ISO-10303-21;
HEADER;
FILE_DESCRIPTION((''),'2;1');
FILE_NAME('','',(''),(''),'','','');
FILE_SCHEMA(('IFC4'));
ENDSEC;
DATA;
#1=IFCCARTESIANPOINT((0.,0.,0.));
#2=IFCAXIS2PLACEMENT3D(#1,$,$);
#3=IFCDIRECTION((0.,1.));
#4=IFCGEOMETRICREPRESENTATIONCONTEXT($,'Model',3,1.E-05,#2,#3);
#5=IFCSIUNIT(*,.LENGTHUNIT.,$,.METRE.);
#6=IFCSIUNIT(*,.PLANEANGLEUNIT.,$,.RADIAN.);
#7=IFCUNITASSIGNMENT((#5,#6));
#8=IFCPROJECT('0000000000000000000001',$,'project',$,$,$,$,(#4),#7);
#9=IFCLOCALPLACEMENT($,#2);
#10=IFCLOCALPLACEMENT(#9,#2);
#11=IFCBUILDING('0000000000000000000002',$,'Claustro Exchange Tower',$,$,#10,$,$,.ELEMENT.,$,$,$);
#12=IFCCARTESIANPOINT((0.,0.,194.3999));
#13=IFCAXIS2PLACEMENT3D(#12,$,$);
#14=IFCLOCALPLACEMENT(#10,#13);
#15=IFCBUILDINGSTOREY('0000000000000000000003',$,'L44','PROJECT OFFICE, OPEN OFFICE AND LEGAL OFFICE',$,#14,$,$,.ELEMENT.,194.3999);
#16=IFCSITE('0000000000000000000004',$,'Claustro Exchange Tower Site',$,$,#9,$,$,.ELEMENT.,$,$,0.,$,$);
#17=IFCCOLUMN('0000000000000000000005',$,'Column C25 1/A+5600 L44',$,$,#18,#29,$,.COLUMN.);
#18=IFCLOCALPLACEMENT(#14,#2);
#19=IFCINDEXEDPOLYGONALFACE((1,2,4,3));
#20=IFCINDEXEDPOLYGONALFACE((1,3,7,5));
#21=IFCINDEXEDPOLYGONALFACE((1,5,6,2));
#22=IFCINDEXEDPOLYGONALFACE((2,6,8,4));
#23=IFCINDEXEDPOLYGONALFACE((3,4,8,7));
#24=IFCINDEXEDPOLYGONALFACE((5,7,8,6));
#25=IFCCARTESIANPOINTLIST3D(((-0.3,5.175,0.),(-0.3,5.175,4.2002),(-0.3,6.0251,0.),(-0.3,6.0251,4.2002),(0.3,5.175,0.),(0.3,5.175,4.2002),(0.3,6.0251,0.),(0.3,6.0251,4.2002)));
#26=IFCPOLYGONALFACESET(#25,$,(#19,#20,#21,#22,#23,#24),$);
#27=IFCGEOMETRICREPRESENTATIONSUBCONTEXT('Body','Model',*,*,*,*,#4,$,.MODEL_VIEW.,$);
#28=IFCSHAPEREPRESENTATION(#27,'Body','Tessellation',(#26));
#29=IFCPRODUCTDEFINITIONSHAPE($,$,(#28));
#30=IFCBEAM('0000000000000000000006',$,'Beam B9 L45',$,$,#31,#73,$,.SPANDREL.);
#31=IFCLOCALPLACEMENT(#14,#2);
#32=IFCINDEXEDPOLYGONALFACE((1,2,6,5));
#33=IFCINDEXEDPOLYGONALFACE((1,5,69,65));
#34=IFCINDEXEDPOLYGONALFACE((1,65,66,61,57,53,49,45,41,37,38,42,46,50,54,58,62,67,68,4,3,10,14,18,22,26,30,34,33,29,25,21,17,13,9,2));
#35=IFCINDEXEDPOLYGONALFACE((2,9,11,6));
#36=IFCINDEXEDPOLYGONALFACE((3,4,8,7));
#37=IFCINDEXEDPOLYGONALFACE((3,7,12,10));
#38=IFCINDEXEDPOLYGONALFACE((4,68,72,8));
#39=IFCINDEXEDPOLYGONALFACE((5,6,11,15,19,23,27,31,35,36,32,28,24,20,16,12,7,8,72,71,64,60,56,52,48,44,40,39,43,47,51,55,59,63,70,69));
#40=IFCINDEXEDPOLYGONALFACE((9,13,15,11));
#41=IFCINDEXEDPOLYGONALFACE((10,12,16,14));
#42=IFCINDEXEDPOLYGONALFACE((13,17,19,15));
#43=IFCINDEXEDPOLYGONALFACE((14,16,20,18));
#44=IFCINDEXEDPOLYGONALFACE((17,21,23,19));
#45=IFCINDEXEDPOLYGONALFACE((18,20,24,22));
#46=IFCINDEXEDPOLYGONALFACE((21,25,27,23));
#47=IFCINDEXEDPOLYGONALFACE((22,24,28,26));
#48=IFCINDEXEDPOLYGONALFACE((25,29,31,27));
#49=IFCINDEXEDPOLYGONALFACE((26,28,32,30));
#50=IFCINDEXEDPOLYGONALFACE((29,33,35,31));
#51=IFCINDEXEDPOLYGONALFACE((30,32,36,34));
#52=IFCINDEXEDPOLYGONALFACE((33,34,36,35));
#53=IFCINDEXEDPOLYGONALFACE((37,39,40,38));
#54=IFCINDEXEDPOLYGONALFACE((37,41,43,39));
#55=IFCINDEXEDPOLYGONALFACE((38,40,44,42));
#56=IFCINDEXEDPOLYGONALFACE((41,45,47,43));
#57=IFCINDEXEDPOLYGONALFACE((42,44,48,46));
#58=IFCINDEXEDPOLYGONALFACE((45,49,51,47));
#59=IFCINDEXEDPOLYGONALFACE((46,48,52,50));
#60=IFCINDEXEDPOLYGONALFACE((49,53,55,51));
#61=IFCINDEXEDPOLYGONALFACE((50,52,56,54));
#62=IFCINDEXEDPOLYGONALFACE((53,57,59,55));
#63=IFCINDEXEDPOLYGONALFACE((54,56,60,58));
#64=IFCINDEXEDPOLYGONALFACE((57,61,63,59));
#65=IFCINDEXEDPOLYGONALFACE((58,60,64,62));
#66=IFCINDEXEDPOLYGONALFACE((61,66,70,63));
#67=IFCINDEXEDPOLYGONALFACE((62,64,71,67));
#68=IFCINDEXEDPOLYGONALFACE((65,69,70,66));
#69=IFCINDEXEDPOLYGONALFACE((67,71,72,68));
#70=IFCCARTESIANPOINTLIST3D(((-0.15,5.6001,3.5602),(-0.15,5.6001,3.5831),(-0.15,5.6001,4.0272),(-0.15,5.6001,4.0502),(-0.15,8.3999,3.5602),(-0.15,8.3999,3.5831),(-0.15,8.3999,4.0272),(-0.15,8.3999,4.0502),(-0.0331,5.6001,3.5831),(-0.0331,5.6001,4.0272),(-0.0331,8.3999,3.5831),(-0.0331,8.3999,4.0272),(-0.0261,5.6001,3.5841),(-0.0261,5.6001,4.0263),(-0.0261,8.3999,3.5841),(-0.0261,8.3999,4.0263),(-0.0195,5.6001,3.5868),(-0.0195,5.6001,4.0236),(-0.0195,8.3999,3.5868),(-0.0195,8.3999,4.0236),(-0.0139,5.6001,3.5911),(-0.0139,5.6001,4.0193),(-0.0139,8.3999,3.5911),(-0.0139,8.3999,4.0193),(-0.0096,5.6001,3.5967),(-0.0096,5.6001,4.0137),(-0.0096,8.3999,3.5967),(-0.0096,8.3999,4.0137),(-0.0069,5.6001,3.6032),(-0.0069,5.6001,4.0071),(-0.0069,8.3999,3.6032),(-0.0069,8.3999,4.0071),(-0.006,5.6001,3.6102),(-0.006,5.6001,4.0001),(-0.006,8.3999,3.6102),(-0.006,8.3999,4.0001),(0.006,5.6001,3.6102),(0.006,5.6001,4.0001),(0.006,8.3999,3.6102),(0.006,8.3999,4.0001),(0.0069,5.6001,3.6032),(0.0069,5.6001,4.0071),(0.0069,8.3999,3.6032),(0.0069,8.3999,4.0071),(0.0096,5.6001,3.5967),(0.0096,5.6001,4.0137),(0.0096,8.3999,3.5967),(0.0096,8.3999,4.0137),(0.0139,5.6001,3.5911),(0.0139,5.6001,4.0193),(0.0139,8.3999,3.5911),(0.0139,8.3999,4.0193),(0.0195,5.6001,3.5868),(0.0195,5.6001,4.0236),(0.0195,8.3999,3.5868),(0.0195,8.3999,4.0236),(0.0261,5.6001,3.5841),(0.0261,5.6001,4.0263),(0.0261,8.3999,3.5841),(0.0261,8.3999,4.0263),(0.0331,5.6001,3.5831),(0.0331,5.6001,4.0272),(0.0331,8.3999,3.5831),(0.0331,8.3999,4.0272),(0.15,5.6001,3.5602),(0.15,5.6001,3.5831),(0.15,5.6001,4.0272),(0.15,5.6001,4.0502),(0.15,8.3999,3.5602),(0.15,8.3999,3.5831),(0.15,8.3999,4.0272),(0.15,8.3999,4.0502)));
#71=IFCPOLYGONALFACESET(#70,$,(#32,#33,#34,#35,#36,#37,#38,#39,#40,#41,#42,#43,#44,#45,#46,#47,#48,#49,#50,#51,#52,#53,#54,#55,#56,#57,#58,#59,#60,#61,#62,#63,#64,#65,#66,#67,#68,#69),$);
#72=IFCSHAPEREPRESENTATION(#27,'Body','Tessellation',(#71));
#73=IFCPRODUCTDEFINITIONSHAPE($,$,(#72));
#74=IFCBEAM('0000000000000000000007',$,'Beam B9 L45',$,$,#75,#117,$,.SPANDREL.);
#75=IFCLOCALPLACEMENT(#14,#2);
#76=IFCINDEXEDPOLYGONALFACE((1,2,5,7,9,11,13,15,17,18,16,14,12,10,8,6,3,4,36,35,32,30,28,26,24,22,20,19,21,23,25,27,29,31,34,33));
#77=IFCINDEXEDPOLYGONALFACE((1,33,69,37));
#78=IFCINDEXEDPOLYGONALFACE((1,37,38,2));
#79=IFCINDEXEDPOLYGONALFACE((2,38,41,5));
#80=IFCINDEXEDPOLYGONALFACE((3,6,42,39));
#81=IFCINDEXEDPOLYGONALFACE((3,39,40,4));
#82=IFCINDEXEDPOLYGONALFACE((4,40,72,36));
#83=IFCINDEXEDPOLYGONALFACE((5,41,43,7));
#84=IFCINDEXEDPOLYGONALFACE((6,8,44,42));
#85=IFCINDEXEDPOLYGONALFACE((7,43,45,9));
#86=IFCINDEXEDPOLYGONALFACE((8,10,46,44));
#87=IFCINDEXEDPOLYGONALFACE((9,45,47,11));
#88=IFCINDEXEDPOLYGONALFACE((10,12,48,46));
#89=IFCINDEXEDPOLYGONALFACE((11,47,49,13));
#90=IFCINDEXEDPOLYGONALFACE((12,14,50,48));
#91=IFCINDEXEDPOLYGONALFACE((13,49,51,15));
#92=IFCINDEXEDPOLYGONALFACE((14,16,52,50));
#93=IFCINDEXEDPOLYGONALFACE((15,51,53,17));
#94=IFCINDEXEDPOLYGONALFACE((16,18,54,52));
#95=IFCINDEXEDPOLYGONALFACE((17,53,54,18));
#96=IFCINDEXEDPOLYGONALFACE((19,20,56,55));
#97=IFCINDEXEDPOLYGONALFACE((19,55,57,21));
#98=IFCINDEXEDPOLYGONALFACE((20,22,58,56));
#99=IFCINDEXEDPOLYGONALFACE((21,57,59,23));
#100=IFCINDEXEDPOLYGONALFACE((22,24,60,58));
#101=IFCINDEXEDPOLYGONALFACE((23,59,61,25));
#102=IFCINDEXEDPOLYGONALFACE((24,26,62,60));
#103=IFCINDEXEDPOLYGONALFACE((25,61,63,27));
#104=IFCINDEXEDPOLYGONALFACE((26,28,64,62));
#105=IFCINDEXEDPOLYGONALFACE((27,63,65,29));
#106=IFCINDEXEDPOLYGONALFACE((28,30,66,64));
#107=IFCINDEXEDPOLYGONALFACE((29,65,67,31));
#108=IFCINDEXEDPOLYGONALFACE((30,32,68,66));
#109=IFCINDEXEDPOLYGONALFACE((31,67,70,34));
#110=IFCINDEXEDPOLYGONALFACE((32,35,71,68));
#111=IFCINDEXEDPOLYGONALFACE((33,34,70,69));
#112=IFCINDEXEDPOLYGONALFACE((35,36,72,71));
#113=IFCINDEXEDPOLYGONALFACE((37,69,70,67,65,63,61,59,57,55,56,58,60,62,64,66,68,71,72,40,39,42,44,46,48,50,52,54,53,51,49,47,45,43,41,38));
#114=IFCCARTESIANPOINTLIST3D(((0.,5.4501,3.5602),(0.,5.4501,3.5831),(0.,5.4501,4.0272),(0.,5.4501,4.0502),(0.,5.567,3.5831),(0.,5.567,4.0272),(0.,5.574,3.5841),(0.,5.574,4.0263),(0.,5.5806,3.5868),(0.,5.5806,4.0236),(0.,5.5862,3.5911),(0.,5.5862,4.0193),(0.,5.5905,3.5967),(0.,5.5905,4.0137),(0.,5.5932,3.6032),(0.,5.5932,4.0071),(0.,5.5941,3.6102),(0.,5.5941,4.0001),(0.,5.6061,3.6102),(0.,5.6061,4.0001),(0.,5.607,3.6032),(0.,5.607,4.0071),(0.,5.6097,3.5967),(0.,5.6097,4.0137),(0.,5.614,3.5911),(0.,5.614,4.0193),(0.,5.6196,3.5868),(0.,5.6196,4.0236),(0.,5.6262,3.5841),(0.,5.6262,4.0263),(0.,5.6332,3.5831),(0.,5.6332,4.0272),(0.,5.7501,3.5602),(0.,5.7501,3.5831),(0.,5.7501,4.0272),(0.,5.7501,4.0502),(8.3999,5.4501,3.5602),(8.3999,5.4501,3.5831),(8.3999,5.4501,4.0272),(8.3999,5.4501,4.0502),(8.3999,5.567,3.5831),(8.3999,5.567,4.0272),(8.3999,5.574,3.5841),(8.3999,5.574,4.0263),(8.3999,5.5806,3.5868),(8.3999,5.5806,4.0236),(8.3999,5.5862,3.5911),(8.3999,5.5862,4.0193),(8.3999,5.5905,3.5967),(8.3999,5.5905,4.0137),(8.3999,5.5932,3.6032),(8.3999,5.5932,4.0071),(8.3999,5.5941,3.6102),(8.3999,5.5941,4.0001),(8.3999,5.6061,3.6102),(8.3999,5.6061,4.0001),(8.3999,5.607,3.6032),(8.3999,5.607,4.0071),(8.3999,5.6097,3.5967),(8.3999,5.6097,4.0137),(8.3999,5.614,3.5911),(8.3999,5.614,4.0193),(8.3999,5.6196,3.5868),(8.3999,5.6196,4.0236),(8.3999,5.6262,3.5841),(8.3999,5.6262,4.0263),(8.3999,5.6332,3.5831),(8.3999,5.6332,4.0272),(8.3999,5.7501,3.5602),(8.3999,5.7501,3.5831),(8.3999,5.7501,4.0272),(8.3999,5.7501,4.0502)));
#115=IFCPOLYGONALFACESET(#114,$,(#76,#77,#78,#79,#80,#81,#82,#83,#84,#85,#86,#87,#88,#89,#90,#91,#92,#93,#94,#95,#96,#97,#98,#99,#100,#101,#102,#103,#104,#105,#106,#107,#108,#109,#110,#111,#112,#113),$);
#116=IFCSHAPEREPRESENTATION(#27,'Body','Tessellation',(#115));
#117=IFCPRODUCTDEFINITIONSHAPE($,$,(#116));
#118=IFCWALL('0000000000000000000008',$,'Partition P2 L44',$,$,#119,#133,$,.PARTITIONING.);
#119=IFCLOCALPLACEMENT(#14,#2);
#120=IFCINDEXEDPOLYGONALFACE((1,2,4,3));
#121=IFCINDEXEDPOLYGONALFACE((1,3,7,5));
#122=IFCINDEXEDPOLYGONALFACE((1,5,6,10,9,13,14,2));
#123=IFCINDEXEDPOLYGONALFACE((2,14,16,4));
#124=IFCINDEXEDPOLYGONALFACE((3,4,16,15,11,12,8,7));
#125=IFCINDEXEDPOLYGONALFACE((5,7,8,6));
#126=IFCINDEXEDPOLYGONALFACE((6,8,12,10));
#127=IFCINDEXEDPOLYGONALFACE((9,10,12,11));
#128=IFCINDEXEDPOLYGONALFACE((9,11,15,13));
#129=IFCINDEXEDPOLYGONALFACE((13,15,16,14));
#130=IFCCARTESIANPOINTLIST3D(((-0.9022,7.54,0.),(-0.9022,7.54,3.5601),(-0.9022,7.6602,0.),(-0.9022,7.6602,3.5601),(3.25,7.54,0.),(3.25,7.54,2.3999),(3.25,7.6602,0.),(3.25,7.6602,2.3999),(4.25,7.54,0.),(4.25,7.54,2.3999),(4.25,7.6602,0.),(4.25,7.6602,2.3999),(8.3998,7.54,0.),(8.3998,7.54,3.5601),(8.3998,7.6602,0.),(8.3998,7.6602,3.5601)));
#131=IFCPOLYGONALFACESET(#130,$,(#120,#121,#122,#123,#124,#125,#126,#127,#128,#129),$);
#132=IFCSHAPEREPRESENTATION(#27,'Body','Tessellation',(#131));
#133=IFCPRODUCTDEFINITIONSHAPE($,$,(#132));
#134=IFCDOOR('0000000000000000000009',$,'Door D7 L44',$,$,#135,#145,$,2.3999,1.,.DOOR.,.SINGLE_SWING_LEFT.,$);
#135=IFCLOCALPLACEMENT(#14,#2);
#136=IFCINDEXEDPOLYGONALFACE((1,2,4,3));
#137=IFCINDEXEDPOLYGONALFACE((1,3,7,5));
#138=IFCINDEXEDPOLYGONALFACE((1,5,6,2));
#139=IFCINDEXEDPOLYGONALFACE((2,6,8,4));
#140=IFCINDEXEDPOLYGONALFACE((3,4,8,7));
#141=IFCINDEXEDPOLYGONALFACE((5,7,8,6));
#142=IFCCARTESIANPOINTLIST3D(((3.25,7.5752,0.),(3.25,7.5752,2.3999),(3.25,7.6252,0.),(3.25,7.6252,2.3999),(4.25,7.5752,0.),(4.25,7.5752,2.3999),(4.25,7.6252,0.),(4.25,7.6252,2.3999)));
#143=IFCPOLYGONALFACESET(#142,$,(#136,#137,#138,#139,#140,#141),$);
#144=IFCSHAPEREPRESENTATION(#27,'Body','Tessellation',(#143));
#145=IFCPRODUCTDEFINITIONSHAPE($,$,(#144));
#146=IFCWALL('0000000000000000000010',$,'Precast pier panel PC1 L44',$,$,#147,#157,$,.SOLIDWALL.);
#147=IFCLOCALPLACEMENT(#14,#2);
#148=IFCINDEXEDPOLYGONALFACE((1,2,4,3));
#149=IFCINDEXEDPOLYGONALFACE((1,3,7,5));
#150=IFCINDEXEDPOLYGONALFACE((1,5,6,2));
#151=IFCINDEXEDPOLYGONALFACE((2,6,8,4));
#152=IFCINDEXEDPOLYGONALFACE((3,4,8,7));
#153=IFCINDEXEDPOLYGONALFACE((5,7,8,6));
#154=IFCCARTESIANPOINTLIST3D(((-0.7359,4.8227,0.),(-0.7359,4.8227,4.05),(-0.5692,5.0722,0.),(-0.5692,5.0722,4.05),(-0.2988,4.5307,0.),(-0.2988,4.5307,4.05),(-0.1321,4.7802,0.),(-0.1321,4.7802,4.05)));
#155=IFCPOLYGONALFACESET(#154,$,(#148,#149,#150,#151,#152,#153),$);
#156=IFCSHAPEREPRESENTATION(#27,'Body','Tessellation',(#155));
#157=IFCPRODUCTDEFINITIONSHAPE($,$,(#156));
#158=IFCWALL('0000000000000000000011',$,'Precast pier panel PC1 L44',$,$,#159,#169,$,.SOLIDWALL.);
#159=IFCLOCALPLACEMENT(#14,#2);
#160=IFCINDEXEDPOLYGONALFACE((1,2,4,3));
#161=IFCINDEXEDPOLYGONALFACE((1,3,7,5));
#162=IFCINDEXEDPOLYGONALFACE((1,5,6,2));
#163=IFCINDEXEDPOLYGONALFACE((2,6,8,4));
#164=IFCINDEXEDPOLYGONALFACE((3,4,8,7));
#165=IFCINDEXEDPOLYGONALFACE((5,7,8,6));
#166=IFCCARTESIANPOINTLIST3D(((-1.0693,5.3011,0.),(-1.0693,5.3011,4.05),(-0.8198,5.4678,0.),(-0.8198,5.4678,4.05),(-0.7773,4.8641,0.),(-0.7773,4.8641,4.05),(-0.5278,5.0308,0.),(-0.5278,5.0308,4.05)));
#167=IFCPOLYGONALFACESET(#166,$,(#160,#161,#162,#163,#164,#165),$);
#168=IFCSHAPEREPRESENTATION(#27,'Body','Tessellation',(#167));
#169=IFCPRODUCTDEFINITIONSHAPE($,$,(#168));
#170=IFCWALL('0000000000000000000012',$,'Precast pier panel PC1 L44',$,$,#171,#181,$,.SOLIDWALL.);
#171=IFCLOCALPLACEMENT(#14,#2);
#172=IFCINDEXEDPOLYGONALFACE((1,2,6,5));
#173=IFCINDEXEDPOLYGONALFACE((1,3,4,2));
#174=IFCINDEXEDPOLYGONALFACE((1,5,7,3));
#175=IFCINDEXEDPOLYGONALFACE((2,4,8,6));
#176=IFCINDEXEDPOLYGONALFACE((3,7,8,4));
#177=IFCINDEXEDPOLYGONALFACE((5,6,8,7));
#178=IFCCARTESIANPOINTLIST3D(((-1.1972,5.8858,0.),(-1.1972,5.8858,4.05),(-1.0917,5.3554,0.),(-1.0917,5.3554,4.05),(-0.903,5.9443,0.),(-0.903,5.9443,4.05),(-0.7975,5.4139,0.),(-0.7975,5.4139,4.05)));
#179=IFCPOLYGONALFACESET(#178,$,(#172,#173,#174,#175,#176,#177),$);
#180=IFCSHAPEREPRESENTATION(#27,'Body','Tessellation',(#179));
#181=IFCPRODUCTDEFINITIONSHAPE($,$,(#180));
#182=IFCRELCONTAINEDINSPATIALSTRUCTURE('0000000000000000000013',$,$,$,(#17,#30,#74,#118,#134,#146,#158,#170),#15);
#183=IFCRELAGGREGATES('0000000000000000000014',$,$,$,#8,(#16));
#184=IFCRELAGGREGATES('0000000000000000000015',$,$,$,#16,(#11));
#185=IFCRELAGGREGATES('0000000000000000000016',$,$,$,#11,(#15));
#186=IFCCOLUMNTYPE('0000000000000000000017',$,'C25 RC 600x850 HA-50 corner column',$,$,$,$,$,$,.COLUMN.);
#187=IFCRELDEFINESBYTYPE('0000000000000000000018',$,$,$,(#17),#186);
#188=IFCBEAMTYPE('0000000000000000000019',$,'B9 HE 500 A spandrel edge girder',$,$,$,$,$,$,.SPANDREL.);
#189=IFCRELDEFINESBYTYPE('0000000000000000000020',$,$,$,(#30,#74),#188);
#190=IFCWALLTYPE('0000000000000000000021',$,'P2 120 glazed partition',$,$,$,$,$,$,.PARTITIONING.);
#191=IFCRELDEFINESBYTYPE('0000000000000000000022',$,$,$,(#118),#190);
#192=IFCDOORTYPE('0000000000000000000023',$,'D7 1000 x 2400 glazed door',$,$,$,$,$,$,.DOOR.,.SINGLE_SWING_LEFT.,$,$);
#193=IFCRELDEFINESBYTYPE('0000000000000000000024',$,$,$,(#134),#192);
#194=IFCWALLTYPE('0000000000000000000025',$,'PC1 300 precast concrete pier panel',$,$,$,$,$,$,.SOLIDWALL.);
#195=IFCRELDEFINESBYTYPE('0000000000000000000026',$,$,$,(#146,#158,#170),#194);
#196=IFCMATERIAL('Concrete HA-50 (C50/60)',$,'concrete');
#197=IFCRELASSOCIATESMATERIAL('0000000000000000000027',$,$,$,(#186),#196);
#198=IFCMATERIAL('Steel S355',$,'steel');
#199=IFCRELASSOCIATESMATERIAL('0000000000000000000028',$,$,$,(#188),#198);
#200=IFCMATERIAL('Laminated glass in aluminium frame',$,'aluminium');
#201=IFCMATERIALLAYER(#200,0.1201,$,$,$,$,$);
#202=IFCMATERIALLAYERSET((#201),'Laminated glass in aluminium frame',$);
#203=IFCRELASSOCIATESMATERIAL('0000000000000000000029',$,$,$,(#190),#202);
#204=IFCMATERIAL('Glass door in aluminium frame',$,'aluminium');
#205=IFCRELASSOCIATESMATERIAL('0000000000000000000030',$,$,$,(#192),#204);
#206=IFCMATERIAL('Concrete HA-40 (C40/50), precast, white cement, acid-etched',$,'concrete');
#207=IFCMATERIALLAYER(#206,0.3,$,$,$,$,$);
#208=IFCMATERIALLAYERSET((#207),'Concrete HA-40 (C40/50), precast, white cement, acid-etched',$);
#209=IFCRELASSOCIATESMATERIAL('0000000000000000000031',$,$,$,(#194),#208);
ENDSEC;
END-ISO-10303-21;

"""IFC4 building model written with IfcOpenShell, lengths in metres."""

from ifc_helpers import new_model, si_unit, direction, frame, frame_2d, origin, origin_2d, place, context, subcontext, project, spatial, rectangle, i_section, extrude, material, layer, layer_set, material_profile, profile_set, type_object, element, fill, save


model = new_model("IFC4")

# Units and contexts
model_context = context("Model", 3, precision=1e-05, world=origin(), true_north=direction((0.0, 1.0)))
body_context = subcontext(model_context, "Body", "Model", "MODEL_VIEW")
ifc_project = project(units=[si_unit("LENGTHUNIT", "METRE"), si_unit("PLANEANGLEUNIT", "RADIAN")], contexts=[model_context])

# Site, building, storey
site_placement = place(None, origin())
site = spatial("IfcSite", under=ifc_project, at=site_placement, Name="Claustro Exchange Tower Site", CompositionType="ELEMENT", RefElevation=0.0)
building_placement = place(site_placement, origin())
building = spatial("IfcBuilding", under=site, at=building_placement, Name="Claustro Exchange Tower", CompositionType="ELEMENT")
storey_placement = place(building_placement, frame((0.0, 0.0, 194.3999)))
storey = spatial("IfcBuildingStorey", under=building, at=storey_placement, Name="L44", Description="PROJECT OFFICE, OPEN OFFICE AND LEGAL OFFICE", CompositionType="ELEMENT", Elevation=194.3999)

# Column
ifc_material_1 = material(Name="Concrete HA-50 (C50/60)", Category="concrete")
ifc_material_profile_1 = material_profile(ifc_material_1, rectangle(XDim=0.6001, YDim=0.8501, at=origin_2d()), Name="RC 600x850")
ifc_profile_set_1 = profile_set([ifc_material_profile_1], Name="Concrete HA-50 (C50/60)")
column_type = type_object("IfcColumnType", Name="C25 RC 600x850 HA-50 corner column", PredefinedType="COLUMN", material=ifc_profile_set_1)
column_placement = place(storey_placement, frame((0.0, 5.6001, 0.0), z_axis=(0.0, 0.0, 1.0), x_axis=(1.0, 0.0, 0.0)))
element("IfcColumn", 1, at=column_placement, inside=storey, type_object=column_type, Name="Column C25 1/A+5600 L44", PredefinedType="COLUMN", context=body_context, shape_type="SweptSolid", body=[
    extrude(rectangle(XDim=0.6001, YDim=0.8501, at=origin_2d()), origin(), (0.0, 0.0, 1.0), 4.2002),
])

# Beams
ifc_material_2 = material(Name="Steel S355", Category="steel")
ifc_material_profile_2 = material_profile(ifc_material_2, i_section(OverallWidth=0.3, OverallDepth=0.49, WebThickness=0.012, FlangeThickness=0.0229, FilletRadius=0.0271, at=origin_2d()), Name="HE 500 A")
ifc_profile_set_2 = profile_set([ifc_material_profile_2], Name="Steel S355")
beam_type = type_object("IfcBeamType", Name="B9 HE 500 A spandrel edge girder", PredefinedType="SPANDREL", material=ifc_profile_set_2)
beam_1_placement = place(storey_placement, frame((0.0, 5.6001, 3.8052), z_axis=(0.0, 1.0, 0.0), x_axis=(-1.0, 0.0, 0.0)))
element("IfcBeam", 2, at=beam_1_placement, inside=storey, type_object=beam_type, Name="Beam B9 L45", PredefinedType="SPANDREL", context=body_context, shape_type="SweptSolid", body=[
    extrude(i_section(OverallWidth=0.3, OverallDepth=0.49, WebThickness=0.012, FlangeThickness=0.0229, FilletRadius=0.0271, at=origin_2d()), origin(), (0.0, 0.0, 1.0), 2.7998),
])
beam_2_placement = place(storey_placement, frame((0.0, 5.6001, 3.8052), z_axis=(1.0, 0.0, 0.0), x_axis=(0.0, 1.0, 0.0)))
element("IfcBeam", 3, at=beam_2_placement, inside=storey, type_object=beam_type, Name="Beam B9 L45", PredefinedType="SPANDREL", context=body_context, shape_type="SweptSolid", body=[
    extrude(i_section(OverallWidth=0.3, OverallDepth=0.49, WebThickness=0.012, FlangeThickness=0.0229, FilletRadius=0.0271, at=origin_2d()), origin(), (0.0, 0.0, 1.0), 8.3999),
])

# Wall, opening, door
ifc_material_3 = material(Name="Laminated glass in aluminium frame", Category="aluminium")
ifc_layer_1 = layer(ifc_material_3, 0.1201)
ifc_layer_set_1 = layer_set([ifc_layer_1], Name="Laminated glass in aluminium frame")
wall_type_1 = type_object("IfcWallType", Name="P2 120 glazed partition", PredefinedType="PARTITIONING", material=ifc_layer_set_1)
wall_1_placement = place(storey_placement, frame((-0.9021, 7.6001, 0.0), z_axis=(0.0, 0.0, 1.0), x_axis=(1.0, 0.0, 0.0)))
wall_1 = element("IfcWall", 4, at=wall_1_placement, inside=storey, type_object=wall_type_1, Name="Partition P2 L44", PredefinedType="PARTITIONING", context=body_context, shape_type="SweptSolid", body=[
    extrude(rectangle(XDim=9.302, YDim=0.1201, at=frame_2d((4.6509, 0.0))), origin(), (0.0, 0.0, 1.0), 3.5601),
])
opening_1_placement = place(wall_1_placement, frame((4.1521, 0.0, 0.0)))
opening_1 = element("IfcOpeningElement", 5, at=opening_1_placement, cuts=wall_1, PredefinedType="OPENING", context=body_context, shape_type="SweptSolid", body=[
    extrude(rectangle(XDim=1.0, YDim=2.3999, at=frame_2d((0.5, 1.2))), frame((0.0, 0.0701, 0.0), z_axis=(0.0, -1.0, 0.0), x_axis=(1.0, 0.0, 0.0)), (0.0, 0.0, 1.0), 0.1401),
])
ifc_material_4 = material(Name="Glass door in aluminium frame", Category="aluminium")
door_type_1 = type_object("IfcDoorType", Name="D7 1000 x 2400 glazed door", OperationType="SINGLE_SWING_LEFT", PredefinedType="DOOR", material=ifc_material_4)
door_1_placement = place(opening_1_placement, frame((1.0, 0.0, 0.0), z_axis=(0.0, 0.0, 1.0), x_axis=(-1.0, 0.0, 0.0)))
door_1 = element("IfcDoor", 6, at=door_1_placement, inside=storey, type_object=door_type_1, Name="Door D7 L44", OperationType="SINGLE_SWING_LEFT", OverallHeight=2.3999, OverallWidth=1.0, PredefinedType="DOOR", context=body_context, shape_type="SweptSolid", body=[
    extrude(rectangle(XDim=1.0, YDim=2.3999, at=frame_2d((0.5, 1.2))), frame((0.0, 0.0249, 0.0), z_axis=(0.0, -1.0, 0.0), x_axis=(1.0, 0.0, 0.0)), (0.0, 0.0, 1.0), 0.05),
])
fill(opening_1, door_1)

# Walls
ifc_material_5 = material(Name="Concrete HA-40 (C40/50), precast, white cement, acid-etched", Category="concrete")
ifc_layer_2 = layer(ifc_material_5, 0.3)
ifc_layer_set_2 = layer_set([ifc_layer_2], Name="Concrete HA-40 (C40/50), precast, white cement, acid-etched")
wall_type_2 = type_object("IfcWallType", Name="PC1 300 precast concrete pier panel", PredefinedType="SOLIDWALL", material=ifc_layer_set_2)
for number, where, z_axis, x_axis, name in (
    (7, (-0.2156, 4.6555, 0.0), (0.0, 0.0, 1.0), (-0.831478, 0.555557, 0.0), "Precast pier panel PC1 L44"),
    (8, (-0.6526, 4.9475, 0.0), (0.0, 0.0, 1.0), (-0.555557, 0.831478, 0.0), "Precast pier panel PC1 L44"),
):
    element("IfcWall", number, at=place(storey_placement, frame(where, z_axis=z_axis, x_axis=x_axis)), inside=storey, type_object=wall_type_2, Name=name, PredefinedType="SOLIDWALL", context=body_context, shape_type="SweptSolid", body=[
        extrude(rectangle(XDim=0.5256, YDim=0.3, at=frame_2d((0.2627, 0.0))), origin(), (0.0, 0.0, 1.0), 4.05),
    ])
wall_2_placement = place(storey_placement, frame((-0.9446, 5.3845, 0.0), z_axis=(0.0, 0.0, 1.0), x_axis=(-0.195074, 0.980789, 0.0)))
element("IfcWall", 9, at=wall_2_placement, inside=storey, type_object=wall_type_2, Name="Precast pier panel PC1 L44", PredefinedType="SOLIDWALL", context=body_context, shape_type="SweptSolid", body=[
    extrude(rectangle(XDim=0.5408, YDim=0.3, at=frame_2d((0.2705, 0.0))), origin(), (0.0, 0.0, 1.0), 4.05),
])

save(model, "model.ifc")
